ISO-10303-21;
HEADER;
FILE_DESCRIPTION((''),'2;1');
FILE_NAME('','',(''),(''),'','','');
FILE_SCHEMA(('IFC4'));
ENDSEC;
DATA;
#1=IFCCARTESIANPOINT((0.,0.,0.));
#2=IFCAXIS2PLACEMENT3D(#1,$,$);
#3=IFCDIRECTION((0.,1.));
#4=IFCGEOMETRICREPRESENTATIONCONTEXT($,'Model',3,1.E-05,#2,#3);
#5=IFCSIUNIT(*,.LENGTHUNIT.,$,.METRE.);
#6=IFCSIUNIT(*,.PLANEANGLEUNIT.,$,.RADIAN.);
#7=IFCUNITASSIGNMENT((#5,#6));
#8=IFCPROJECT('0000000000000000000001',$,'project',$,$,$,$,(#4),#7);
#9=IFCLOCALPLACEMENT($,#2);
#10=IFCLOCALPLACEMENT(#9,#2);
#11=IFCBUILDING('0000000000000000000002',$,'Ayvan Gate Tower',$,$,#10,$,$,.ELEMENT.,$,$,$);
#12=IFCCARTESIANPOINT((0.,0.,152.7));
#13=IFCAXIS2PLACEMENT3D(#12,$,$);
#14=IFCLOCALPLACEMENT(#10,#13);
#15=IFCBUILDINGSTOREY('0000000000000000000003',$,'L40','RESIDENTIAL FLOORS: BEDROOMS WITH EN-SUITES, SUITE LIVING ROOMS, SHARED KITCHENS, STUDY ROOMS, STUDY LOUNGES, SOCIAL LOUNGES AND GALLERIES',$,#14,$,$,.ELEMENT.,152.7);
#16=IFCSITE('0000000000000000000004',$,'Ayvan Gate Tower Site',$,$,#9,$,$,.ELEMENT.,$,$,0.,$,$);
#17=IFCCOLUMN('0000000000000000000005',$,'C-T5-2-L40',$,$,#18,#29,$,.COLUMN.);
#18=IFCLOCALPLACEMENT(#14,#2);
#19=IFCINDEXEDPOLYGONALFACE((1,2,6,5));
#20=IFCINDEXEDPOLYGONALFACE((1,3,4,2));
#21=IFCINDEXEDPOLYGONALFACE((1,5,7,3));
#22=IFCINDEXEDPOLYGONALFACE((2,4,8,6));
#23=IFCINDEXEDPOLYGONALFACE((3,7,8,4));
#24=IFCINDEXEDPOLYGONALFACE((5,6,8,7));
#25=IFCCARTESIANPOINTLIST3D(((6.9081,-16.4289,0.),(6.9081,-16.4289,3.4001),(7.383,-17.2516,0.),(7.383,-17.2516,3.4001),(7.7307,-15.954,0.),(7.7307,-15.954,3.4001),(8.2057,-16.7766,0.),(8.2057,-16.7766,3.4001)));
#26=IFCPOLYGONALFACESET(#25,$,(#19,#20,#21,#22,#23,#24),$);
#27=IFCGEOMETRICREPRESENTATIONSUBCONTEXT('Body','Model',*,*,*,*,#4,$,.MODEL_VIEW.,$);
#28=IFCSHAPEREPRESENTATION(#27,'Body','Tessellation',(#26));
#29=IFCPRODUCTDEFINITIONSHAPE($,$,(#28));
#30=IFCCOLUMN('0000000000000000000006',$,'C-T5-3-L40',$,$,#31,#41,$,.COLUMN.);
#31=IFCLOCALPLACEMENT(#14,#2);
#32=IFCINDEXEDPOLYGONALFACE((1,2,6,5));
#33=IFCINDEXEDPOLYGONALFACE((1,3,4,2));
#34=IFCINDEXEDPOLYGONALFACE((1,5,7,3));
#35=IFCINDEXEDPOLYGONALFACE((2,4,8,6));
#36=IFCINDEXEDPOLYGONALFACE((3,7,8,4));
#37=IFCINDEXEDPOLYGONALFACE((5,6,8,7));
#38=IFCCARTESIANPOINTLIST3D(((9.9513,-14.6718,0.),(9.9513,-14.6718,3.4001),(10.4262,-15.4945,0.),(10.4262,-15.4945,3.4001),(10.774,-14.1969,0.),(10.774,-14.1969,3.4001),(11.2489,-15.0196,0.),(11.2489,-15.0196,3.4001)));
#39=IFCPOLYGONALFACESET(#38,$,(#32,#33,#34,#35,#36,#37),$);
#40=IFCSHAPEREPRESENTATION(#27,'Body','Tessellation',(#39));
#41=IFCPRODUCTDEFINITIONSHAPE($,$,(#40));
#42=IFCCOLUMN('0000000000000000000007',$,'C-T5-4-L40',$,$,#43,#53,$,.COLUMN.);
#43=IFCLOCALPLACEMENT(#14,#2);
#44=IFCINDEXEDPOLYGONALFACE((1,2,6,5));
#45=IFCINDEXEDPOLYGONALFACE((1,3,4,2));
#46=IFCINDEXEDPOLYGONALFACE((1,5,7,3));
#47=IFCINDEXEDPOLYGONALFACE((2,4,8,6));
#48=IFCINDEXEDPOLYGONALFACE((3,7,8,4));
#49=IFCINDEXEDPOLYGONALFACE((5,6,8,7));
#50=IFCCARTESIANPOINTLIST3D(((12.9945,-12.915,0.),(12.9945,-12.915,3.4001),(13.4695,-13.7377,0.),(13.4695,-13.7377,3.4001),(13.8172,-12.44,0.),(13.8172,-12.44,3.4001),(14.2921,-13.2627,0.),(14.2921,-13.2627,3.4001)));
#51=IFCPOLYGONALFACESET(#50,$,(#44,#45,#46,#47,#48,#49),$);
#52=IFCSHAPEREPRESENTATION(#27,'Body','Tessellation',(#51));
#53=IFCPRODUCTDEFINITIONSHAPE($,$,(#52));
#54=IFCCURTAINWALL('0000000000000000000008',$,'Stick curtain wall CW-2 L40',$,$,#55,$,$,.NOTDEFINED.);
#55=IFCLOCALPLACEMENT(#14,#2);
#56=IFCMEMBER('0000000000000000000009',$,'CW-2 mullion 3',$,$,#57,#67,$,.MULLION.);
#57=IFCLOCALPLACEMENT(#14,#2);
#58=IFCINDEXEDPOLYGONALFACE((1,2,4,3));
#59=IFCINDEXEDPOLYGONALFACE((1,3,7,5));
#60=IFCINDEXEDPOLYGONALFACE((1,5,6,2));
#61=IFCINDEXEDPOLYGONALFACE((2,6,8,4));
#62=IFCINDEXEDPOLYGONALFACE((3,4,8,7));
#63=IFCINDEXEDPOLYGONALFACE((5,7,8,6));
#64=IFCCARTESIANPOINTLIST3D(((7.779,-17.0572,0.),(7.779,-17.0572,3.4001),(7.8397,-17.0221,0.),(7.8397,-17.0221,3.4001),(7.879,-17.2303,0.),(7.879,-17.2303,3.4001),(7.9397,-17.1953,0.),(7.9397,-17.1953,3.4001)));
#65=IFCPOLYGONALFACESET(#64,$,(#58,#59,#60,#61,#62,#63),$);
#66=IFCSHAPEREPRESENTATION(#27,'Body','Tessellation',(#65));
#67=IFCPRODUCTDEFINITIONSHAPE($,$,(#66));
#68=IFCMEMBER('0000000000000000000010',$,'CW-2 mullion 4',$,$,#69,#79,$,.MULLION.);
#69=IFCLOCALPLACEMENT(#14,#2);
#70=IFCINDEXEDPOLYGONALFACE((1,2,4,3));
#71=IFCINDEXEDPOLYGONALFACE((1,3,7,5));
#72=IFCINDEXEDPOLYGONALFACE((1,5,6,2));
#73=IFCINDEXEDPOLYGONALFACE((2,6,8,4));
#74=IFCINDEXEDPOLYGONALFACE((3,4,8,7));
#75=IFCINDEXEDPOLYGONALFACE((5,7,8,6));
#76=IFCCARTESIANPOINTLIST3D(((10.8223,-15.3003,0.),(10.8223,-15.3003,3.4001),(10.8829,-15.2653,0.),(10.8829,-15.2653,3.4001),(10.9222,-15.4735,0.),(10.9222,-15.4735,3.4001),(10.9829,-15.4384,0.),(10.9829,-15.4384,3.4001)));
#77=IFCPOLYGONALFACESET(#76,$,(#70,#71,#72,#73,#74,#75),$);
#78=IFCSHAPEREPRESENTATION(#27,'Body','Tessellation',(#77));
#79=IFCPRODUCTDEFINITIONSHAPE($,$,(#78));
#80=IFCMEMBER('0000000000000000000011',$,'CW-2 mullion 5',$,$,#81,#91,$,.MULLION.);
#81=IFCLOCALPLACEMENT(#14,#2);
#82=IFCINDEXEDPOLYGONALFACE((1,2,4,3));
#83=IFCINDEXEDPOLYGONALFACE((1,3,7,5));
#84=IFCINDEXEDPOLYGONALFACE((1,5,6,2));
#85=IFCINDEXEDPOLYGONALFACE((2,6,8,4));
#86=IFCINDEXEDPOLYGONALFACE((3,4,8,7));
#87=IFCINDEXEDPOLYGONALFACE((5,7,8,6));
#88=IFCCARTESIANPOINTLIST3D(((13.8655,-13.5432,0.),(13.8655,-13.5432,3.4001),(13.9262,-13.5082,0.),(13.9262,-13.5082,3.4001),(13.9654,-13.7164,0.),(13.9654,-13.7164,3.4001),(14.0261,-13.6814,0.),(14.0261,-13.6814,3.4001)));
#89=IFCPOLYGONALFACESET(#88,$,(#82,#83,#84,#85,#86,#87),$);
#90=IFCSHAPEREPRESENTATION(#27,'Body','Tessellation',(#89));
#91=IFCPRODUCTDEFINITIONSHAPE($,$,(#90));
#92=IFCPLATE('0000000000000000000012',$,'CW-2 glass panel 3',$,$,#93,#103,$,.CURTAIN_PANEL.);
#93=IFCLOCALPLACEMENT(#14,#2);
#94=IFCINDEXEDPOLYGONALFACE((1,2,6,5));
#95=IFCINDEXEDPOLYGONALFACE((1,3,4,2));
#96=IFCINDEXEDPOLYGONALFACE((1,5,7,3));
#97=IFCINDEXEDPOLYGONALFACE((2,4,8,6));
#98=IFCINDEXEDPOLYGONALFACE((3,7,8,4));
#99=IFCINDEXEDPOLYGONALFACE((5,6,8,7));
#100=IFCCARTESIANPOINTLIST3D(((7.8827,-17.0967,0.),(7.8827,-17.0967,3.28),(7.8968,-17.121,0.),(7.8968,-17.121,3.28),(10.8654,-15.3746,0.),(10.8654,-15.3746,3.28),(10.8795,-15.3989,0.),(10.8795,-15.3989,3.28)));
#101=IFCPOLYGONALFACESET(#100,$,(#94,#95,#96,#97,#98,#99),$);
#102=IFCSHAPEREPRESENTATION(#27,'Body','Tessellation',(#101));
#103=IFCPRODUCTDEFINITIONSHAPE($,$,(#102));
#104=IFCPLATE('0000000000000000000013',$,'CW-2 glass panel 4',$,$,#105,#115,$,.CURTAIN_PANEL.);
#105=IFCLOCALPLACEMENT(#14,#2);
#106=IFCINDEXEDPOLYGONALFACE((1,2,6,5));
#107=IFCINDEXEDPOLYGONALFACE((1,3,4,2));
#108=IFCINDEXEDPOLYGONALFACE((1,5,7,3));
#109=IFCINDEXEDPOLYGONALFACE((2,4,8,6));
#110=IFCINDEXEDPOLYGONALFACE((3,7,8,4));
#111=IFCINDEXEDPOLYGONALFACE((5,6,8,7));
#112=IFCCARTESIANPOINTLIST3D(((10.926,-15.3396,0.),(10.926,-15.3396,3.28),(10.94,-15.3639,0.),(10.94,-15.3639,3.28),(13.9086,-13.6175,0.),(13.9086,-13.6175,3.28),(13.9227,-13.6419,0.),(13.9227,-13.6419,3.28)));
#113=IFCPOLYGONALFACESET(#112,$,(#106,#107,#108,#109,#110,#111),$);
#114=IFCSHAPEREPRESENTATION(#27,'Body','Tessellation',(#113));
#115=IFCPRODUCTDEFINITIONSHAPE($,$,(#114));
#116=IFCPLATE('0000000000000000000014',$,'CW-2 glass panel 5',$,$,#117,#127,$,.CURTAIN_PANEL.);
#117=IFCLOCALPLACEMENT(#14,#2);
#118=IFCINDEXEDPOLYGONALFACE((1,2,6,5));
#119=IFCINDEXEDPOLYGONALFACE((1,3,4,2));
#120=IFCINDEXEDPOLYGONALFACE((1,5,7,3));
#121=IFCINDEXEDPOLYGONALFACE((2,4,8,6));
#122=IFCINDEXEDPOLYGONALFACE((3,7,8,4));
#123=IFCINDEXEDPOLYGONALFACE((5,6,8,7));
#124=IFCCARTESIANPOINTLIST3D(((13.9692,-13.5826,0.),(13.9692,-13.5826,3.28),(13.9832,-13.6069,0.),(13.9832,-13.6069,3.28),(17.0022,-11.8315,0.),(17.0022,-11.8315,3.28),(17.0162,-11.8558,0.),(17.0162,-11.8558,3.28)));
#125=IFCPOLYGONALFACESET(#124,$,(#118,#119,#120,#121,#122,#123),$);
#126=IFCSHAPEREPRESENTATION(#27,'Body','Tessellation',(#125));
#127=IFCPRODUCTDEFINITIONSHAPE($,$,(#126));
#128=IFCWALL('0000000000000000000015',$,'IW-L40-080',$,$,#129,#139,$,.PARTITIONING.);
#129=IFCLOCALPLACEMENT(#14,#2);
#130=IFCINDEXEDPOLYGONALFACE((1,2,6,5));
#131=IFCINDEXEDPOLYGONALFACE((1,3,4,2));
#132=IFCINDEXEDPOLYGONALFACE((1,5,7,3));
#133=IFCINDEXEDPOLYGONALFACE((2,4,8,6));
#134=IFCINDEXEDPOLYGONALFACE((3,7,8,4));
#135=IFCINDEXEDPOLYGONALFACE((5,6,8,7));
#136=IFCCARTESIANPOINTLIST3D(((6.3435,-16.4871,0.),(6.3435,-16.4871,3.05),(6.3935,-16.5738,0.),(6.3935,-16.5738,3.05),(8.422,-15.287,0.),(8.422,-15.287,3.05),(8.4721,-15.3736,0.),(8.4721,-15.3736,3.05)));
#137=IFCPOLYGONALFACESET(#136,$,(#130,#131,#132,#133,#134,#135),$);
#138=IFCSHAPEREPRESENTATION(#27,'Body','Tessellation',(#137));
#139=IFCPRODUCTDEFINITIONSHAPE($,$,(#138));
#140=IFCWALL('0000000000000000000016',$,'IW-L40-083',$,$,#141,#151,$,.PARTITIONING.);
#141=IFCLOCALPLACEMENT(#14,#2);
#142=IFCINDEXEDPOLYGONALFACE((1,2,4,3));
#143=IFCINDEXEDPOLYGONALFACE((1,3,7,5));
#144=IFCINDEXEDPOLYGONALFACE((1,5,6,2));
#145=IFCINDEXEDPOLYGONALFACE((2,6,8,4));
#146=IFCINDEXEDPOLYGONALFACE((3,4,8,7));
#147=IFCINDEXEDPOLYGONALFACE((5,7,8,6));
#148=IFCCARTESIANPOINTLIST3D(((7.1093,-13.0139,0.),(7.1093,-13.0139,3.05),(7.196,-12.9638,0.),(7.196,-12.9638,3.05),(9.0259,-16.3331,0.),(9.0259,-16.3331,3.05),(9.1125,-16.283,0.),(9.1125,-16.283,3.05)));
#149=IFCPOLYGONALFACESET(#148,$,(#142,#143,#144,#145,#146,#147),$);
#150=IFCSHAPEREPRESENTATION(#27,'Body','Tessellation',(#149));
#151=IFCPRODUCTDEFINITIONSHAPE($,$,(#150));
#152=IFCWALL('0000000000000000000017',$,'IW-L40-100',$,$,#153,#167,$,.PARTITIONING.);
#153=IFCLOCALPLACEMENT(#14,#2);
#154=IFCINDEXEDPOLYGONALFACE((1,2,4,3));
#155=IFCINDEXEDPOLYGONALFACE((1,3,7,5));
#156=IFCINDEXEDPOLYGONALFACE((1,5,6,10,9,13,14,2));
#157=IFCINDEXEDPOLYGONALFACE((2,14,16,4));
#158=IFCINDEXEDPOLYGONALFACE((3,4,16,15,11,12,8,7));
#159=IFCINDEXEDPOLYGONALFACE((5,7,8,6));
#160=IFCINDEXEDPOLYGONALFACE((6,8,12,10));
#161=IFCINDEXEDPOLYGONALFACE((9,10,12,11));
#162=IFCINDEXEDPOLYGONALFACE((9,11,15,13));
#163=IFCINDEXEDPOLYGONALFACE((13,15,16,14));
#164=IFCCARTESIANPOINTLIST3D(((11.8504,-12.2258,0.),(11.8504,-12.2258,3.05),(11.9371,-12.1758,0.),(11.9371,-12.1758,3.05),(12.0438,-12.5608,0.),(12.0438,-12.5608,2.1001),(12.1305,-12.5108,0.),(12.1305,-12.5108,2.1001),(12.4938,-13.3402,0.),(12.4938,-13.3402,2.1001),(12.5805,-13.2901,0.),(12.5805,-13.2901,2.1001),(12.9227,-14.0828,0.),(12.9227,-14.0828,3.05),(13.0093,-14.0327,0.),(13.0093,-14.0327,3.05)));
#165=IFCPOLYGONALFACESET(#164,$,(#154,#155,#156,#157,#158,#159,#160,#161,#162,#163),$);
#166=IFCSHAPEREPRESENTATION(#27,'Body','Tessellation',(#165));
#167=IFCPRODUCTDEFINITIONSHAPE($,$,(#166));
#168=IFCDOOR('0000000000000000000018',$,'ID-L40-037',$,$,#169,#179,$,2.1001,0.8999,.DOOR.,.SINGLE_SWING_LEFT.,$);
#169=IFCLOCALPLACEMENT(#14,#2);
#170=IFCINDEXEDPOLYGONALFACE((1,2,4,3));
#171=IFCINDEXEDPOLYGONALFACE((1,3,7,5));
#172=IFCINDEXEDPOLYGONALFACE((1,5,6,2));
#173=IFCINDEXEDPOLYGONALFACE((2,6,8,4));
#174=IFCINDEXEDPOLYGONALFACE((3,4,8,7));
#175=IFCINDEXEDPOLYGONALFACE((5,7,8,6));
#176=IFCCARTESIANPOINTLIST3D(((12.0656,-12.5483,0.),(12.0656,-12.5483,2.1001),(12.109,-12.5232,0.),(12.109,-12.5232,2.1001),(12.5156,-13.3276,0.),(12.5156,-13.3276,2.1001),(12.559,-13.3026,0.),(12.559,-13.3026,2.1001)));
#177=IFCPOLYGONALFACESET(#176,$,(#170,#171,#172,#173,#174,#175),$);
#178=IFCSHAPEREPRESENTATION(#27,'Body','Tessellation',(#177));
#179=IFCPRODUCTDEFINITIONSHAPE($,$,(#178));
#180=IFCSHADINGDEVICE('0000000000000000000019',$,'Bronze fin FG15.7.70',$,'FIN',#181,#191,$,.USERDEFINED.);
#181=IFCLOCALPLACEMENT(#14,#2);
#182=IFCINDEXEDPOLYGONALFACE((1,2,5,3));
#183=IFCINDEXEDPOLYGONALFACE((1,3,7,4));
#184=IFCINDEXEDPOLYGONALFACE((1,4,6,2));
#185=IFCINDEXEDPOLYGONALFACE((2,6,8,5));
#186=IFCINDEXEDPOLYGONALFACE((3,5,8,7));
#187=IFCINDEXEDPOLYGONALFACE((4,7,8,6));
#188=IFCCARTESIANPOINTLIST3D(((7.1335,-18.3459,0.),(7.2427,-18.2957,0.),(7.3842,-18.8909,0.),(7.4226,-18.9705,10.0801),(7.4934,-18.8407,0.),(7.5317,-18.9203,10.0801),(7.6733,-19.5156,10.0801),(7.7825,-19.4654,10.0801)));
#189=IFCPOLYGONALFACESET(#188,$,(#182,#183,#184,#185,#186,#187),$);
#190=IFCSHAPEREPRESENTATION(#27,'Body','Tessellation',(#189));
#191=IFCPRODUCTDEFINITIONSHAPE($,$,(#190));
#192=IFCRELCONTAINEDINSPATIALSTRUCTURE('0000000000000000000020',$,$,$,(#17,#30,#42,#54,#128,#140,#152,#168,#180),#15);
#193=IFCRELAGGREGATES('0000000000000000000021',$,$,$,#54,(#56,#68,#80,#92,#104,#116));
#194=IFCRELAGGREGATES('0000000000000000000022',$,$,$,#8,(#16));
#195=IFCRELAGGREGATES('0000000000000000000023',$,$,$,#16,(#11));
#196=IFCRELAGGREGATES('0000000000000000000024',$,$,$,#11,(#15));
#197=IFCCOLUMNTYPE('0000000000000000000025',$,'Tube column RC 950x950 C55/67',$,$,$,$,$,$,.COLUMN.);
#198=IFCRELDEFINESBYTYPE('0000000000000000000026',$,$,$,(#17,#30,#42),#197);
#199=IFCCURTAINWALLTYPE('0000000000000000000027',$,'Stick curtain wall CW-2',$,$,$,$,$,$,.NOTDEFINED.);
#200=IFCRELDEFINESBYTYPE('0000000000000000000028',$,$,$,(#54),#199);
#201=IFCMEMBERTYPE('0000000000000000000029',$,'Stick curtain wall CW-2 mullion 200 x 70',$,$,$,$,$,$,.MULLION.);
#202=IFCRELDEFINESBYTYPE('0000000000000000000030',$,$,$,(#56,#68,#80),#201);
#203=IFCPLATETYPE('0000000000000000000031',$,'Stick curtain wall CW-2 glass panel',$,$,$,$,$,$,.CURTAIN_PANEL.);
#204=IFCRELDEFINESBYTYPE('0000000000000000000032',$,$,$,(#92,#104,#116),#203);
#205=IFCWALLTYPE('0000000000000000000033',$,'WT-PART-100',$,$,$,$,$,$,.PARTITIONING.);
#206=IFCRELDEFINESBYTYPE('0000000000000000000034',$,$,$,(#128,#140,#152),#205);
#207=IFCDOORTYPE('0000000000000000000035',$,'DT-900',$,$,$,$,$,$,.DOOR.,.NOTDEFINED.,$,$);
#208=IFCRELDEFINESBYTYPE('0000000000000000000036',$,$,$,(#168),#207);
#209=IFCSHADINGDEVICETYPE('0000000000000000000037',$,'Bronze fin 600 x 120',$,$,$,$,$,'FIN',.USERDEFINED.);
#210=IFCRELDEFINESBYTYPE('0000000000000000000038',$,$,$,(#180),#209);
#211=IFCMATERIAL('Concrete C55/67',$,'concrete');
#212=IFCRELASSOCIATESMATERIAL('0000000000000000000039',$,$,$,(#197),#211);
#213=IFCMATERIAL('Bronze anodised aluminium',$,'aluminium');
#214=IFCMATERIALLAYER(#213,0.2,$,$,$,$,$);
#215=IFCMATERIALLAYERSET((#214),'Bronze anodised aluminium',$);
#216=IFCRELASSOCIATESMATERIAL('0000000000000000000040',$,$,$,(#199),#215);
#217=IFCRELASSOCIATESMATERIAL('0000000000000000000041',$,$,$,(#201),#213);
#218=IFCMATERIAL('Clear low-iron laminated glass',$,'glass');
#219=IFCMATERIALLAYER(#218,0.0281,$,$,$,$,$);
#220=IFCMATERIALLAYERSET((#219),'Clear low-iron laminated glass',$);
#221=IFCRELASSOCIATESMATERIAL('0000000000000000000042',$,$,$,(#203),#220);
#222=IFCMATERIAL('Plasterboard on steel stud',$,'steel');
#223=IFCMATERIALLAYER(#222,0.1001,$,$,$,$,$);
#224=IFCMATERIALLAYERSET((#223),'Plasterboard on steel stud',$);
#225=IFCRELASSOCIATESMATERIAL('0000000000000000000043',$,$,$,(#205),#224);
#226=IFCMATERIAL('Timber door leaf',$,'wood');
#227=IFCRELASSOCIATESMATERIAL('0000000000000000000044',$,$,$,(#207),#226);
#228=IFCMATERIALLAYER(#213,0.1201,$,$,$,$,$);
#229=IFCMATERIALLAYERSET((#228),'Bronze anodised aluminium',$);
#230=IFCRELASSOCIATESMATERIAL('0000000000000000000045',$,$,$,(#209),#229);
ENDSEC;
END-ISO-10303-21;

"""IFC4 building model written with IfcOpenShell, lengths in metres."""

from ifc_helpers import new_model, si_unit, direction, frame, frame_2d, origin, origin_2d, place, context, subcontext, project, spatial, polyline, rectangle, outline, extrude, material, layer, layer_set, material_profile, profile_set, type_object, element, fill, aggregate, save


model = new_model("IFC4")

# Units and contexts
model_context = context("Model", 3, precision=1e-05, world=origin(), true_north=direction((0.0, 1.0)))
body_context = subcontext(model_context, "Body", "Model", "MODEL_VIEW")
ifc_project = project(units=[si_unit("LENGTHUNIT", "METRE"), si_unit("PLANEANGLEUNIT", "RADIAN")], contexts=[model_context])

# Site, building, storey
site_placement = place(None, origin())
site = spatial("IfcSite", under=ifc_project, at=site_placement, Name="Ayvan Gate Tower Site", CompositionType="ELEMENT", RefElevation=0.0)
building_placement = place(site_placement, origin())
building = spatial("IfcBuilding", under=site, at=building_placement, Name="Ayvan Gate Tower", CompositionType="ELEMENT")
storey_placement = place(building_placement, frame((0.0, 0.0, 152.7)))
storey = spatial("IfcBuildingStorey", under=building, at=storey_placement, Name="L40", Description="RESIDENTIAL FLOORS: BEDROOMS WITH EN-SUITES, SUITE LIVING ROOMS, SHARED KITCHENS, STUDY ROOMS, STUDY LOUNGES, SOCIAL LOUNGES AND GALLERIES", CompositionType="ELEMENT", Elevation=152.7)

# Columns
ifc_material_1 = material(Name="Concrete C55/67", Category="concrete")
ifc_material_profile_1 = material_profile(ifc_material_1, rectangle(XDim=0.95, YDim=0.95, at=origin_2d()), Name="RC 950x950")
ifc_profile_set_1 = profile_set([ifc_material_profile_1], Name="Concrete C55/67")
column_type = type_object("IfcColumnType", Name="Tube column RC 950x950 C55/67", PredefinedType="COLUMN", material=ifc_profile_set_1)
for number, where, z_axis, x_axis, name in (
    (1, (7.5569, -16.6028, 0.0), (0.0, 0.0, 1.0), (0.5, -0.866025, 0.0), "C-T5-2-L40"),
    (2, (10.6001, -14.8457, 0.0), (0.0, 0.0, 1.0), (0.5, -0.866025, 0.0), "C-T5-3-L40"),
    (3, (13.6433, -13.0889, 0.0), (0.0, 0.0, 1.0), (0.5, -0.866025, 0.0), "C-T5-4-L40"),
):
    element("IfcColumn", number, at=place(storey_placement, frame(where, z_axis=z_axis, x_axis=x_axis)), inside=storey, type_object=column_type, Name=name, PredefinedType="COLUMN", context=body_context, shape_type="SweptSolid", body=[
        extrude(rectangle(XDim=0.95, YDim=0.95, at=origin_2d()), origin(), (0.0, 0.0, 1.0), 3.4001),
    ])

# Curtain wall, members, plates
ifc_material_2 = material(Name="Bronze anodised aluminium", Category="aluminium")
ifc_layer_1 = layer(ifc_material_2, 0.2)
ifc_layer_set_1 = layer_set([ifc_layer_1], Name="Bronze anodised aluminium")
curtain_wall_type = type_object("IfcCurtainWallType", Name="Stick curtain wall CW-2", PredefinedType="NOTDEFINED", material=ifc_layer_set_1)
curtain_wall_placement = place(storey_placement, origin())
curtain_wall = element("IfcCurtainWall", 4, at=curtain_wall_placement, inside=storey, type_object=curtain_wall_type, Name="Stick curtain wall CW-2 L40", PredefinedType="NOTDEFINED")
ifc_material_profile_2 = material_profile(ifc_material_2, rectangle(XDim=0.2, YDim=0.0701, at=origin_2d()), Name="Stick curtain wall CW-2 mullion 200 x 70")
ifc_profile_set_2 = profile_set([ifc_material_profile_2], Name="Bronze anodised aluminium")
member_type = type_object("IfcMemberType", Name="Stick curtain wall CW-2 mullion 200 x 70", PredefinedType="MULLION", material=ifc_profile_set_2)
member_1_placement = place(storey_placement, frame((7.8594, -17.1262, 0.0), z_axis=(0.0, 0.0, 1.0), x_axis=(0.5, -0.866025, 0.0)))
member_1 = element("IfcMember", 5, at=member_1_placement, type_object=member_type, Name="CW-2 mullion 3", PredefinedType="MULLION", context=body_context, shape_type="SweptSolid", body=[
    extrude(rectangle(XDim=0.2, YDim=0.0701, at=origin_2d()), origin(), (0.0, 0.0, 1.0), 3.4001),
])
member_2_placement = place(storey_placement, frame((10.9026, -15.3694, 0.0), z_axis=(0.0, 0.0, 1.0), x_axis=(0.5, -0.866025, 0.0)))
member_2 = element("IfcMember", 6, at=member_2_placement, type_object=member_type, Name="CW-2 mullion 4", PredefinedType="MULLION", context=body_context, shape_type="SweptSolid", body=[
    extrude(rectangle(XDim=0.2, YDim=0.0701, at=origin_2d()), origin(), (0.0, 0.0, 1.0), 3.4001),
])
member_3_placement = place(storey_placement, frame((13.9458, -13.6123, 0.0), z_axis=(0.0, 0.0, 1.0), x_axis=(0.5, -0.866025, 0.0)))
member_3 = element("IfcMember", 7, at=member_3_placement, type_object=member_type, Name="CW-2 mullion 5", PredefinedType="MULLION", context=body_context, shape_type="SweptSolid", body=[
    extrude(rectangle(XDim=0.2, YDim=0.0701, at=origin_2d()), origin(), (0.0, 0.0, 1.0), 3.4001),
])
ifc_material_3 = material(Name="Clear low-iron laminated glass", Category="glass")
ifc_layer_2 = layer(ifc_material_3, 0.0281)
ifc_layer_set_2 = layer_set([ifc_layer_2], Name="Clear low-iron laminated glass")
plate_type = type_object("IfcPlateType", Name="Stick curtain wall CW-2 glass panel", PredefinedType="CURTAIN_PANEL", material=ifc_layer_set_2)
plate_1_placement = place(storey_placement, frame((9.3811, -16.2478, 0.0), z_axis=(0.0, 0.0, 1.0), x_axis=(0.866025, 0.5, 0.0)))
plate_1 = element("IfcPlate", 8, at=plate_1_placement, type_object=plate_type, Name="CW-2 glass panel 3", PredefinedType="CURTAIN_PANEL", context=body_context, shape_type="SweptSolid", body=[
    extrude(rectangle(XDim=3.4441, YDim=0.0281, at=origin_2d()), origin(), (0.0, 0.0, 1.0), 3.28),
])
plate_2_placement = place(storey_placement, frame((12.4243, -14.4907, 0.0), z_axis=(0.0, 0.0, 1.0), x_axis=(0.866025, 0.5, 0.0)))
plate_2 = element("IfcPlate", 9, at=plate_2_placement, type_object=plate_type, Name="CW-2 glass panel 4", PredefinedType="CURTAIN_PANEL", context=body_context, shape_type="SweptSolid", body=[
    extrude(rectangle(XDim=3.4441, YDim=0.0281, at=origin_2d()), origin(), (0.0, 0.0, 1.0), 3.28),
])
plate_3_placement = place(storey_placement, frame((15.4927, -12.7192, 0.0), z_axis=(0.0, 0.0, 1.0), x_axis=(0.866025, 0.5, 0.0)))
plate_3 = element("IfcPlate", 10, at=plate_3_placement, type_object=plate_type, Name="CW-2 glass panel 5", PredefinedType="CURTAIN_PANEL", context=body_context, shape_type="SweptSolid", body=[
    extrude(rectangle(XDim=3.5022, YDim=0.0281, at=origin_2d()), origin(), (0.0, 0.0, 1.0), 3.28),
])
aggregate(curtain_wall, [member_1, member_2, member_3, plate_1, plate_2, plate_3])

# Walls
ifc_material_4 = material(Name="Plasterboard on steel stud", Category="steel")
ifc_layer_3 = layer(ifc_material_4, 0.1001)
ifc_layer_set_3 = layer_set([ifc_layer_3], Name="Plasterboard on steel stud")
wall_type = type_object("IfcWallType", Name="WT-PART-100", PredefinedType="PARTITIONING", material=ifc_layer_set_3)
wall_1_placement = place(storey_placement, frame((6.3684, -16.5305, 0.0), z_axis=(0.0, 0.0, 1.0), x_axis=(0.866006, 0.500034, 0.0)))
element("IfcWall", 11, at=wall_1_placement, inside=storey, type_object=wall_type, Name="IW-L40-080", PredefinedType="PARTITIONING", context=body_context, shape_type="SweptSolid", body=[
    extrude(rectangle(XDim=2.4001, YDim=0.1001, at=frame_2d((1.2002, 0.0))), origin(), (0.0, 0.0, 1.0), 3.05),
])
wall_2_placement = place(storey_placement, frame((7.1526, -12.9888, 0.0), z_axis=(0.0, 0.0, 1.0), x_axis=(0.500044, -0.866, 0.0)))
element("IfcWall", 12, at=wall_2_placement, inside=storey, type_object=wall_type, Name="IW-L40-083", PredefinedType="PARTITIONING", context=body_context, shape_type="SweptSolid", body=[
    extrude(rectangle(XDim=3.8328, YDim=0.1001, at=frame_2d((1.9165, 0.0))), origin(), (0.0, 0.0, 1.0), 3.05),
])

# Wall, opening, door
wall_3_placement = place(storey_placement, frame((12.9661, -14.0579, 0.0), z_axis=(0.0, 0.0, 1.0), x_axis=(-0.500058, 0.865992, 0.0)))
wall_3 = element("IfcWall", 13, at=wall_3_placement, inside=storey, type_object=wall_type, Name="IW-L40-100", PredefinedType="PARTITIONING", context=body_context, shape_type="SweptSolid", body=[
    extrude(rectangle(XDim=2.1443, YDim=0.1001, at=frame_2d((1.0723, 0.0))), origin(), (0.0, 0.0, 1.0), 3.05),
])
opening_placement = place(wall_3_placement, frame((0.8577, 0.0, 0.0)))
opening = element("IfcOpeningElement", 14, at=opening_placement, cuts=wall_3, PredefinedType="OPENING", context=body_context, shape_type="SweptSolid", body=[
    extrude(rectangle(XDim=0.8999, YDim=2.1001, at=frame_2d((0.45, 1.05))), frame((0.0, 0.0601, 0.0), z_axis=(0.0, -1.0, 0.0), x_axis=(1.0, 0.0, 0.0)), (0.0, 0.0, 1.0), 0.1201),
])
ifc_material_5 = material(Name="Timber door leaf", Category="wood")
door_type = type_object("IfcDoorType", Name="DT-900", OperationType="NOTDEFINED", PredefinedType="DOOR", material=ifc_material_5)
door_placement = place(opening_placement, origin())
door = element("IfcDoor", 15, at=door_placement, inside=storey, type_object=door_type, Name="ID-L40-037", OperationType="SINGLE_SWING_LEFT", OverallHeight=2.1001, OverallWidth=0.8999, PredefinedType="DOOR", context=body_context, shape_type="SweptSolid", body=[
    extrude(rectangle(XDim=0.8999, YDim=2.1001, at=frame_2d((0.45, 1.05))), frame((0.0, 0.0249, 0.0), z_axis=(0.0, -1.0, 0.0), x_axis=(1.0, 0.0, 0.0)), (0.0, 0.0, 1.0), 0.05),
])
fill(opening, door)

# Shading device
ifc_layer_4 = layer(ifc_material_2, 0.1201)
ifc_layer_set_4 = layer_set([ifc_layer_4], Name="Bronze anodised aluminium")
shading_device_type = type_object("IfcShadingDeviceType", Name="Bronze fin 600 x 120", ElementType="FIN", PredefinedType="USERDEFINED", material=ifc_layer_set_4)
shading_device_1_placement = place(storey_placement, frame((7.1335, -18.3459, 0.0), z_axis=(-0.908483, -0.417922, 0.000155), x_axis=(0.417922, -0.908483, 0.0)))
element("IfcShadingDevice", 16, at=shading_device_1_placement, inside=storey, type_object=shading_device_type, Name="Bronze fin FG15.7.70", ObjectType="FIN", PredefinedType="USERDEFINED", context=body_context, shape_type="SweptSolid", body=[
    extrude(outline(polyline([(0.0, 0.0), (0.5998, 0.0), (1.2882, 10.0801), (0.6882, 10.0801), (0.0, 0.0)])), origin(), (0.0, 0.0, -1.0), 0.1201),
])

save(model, "model.ifc")
